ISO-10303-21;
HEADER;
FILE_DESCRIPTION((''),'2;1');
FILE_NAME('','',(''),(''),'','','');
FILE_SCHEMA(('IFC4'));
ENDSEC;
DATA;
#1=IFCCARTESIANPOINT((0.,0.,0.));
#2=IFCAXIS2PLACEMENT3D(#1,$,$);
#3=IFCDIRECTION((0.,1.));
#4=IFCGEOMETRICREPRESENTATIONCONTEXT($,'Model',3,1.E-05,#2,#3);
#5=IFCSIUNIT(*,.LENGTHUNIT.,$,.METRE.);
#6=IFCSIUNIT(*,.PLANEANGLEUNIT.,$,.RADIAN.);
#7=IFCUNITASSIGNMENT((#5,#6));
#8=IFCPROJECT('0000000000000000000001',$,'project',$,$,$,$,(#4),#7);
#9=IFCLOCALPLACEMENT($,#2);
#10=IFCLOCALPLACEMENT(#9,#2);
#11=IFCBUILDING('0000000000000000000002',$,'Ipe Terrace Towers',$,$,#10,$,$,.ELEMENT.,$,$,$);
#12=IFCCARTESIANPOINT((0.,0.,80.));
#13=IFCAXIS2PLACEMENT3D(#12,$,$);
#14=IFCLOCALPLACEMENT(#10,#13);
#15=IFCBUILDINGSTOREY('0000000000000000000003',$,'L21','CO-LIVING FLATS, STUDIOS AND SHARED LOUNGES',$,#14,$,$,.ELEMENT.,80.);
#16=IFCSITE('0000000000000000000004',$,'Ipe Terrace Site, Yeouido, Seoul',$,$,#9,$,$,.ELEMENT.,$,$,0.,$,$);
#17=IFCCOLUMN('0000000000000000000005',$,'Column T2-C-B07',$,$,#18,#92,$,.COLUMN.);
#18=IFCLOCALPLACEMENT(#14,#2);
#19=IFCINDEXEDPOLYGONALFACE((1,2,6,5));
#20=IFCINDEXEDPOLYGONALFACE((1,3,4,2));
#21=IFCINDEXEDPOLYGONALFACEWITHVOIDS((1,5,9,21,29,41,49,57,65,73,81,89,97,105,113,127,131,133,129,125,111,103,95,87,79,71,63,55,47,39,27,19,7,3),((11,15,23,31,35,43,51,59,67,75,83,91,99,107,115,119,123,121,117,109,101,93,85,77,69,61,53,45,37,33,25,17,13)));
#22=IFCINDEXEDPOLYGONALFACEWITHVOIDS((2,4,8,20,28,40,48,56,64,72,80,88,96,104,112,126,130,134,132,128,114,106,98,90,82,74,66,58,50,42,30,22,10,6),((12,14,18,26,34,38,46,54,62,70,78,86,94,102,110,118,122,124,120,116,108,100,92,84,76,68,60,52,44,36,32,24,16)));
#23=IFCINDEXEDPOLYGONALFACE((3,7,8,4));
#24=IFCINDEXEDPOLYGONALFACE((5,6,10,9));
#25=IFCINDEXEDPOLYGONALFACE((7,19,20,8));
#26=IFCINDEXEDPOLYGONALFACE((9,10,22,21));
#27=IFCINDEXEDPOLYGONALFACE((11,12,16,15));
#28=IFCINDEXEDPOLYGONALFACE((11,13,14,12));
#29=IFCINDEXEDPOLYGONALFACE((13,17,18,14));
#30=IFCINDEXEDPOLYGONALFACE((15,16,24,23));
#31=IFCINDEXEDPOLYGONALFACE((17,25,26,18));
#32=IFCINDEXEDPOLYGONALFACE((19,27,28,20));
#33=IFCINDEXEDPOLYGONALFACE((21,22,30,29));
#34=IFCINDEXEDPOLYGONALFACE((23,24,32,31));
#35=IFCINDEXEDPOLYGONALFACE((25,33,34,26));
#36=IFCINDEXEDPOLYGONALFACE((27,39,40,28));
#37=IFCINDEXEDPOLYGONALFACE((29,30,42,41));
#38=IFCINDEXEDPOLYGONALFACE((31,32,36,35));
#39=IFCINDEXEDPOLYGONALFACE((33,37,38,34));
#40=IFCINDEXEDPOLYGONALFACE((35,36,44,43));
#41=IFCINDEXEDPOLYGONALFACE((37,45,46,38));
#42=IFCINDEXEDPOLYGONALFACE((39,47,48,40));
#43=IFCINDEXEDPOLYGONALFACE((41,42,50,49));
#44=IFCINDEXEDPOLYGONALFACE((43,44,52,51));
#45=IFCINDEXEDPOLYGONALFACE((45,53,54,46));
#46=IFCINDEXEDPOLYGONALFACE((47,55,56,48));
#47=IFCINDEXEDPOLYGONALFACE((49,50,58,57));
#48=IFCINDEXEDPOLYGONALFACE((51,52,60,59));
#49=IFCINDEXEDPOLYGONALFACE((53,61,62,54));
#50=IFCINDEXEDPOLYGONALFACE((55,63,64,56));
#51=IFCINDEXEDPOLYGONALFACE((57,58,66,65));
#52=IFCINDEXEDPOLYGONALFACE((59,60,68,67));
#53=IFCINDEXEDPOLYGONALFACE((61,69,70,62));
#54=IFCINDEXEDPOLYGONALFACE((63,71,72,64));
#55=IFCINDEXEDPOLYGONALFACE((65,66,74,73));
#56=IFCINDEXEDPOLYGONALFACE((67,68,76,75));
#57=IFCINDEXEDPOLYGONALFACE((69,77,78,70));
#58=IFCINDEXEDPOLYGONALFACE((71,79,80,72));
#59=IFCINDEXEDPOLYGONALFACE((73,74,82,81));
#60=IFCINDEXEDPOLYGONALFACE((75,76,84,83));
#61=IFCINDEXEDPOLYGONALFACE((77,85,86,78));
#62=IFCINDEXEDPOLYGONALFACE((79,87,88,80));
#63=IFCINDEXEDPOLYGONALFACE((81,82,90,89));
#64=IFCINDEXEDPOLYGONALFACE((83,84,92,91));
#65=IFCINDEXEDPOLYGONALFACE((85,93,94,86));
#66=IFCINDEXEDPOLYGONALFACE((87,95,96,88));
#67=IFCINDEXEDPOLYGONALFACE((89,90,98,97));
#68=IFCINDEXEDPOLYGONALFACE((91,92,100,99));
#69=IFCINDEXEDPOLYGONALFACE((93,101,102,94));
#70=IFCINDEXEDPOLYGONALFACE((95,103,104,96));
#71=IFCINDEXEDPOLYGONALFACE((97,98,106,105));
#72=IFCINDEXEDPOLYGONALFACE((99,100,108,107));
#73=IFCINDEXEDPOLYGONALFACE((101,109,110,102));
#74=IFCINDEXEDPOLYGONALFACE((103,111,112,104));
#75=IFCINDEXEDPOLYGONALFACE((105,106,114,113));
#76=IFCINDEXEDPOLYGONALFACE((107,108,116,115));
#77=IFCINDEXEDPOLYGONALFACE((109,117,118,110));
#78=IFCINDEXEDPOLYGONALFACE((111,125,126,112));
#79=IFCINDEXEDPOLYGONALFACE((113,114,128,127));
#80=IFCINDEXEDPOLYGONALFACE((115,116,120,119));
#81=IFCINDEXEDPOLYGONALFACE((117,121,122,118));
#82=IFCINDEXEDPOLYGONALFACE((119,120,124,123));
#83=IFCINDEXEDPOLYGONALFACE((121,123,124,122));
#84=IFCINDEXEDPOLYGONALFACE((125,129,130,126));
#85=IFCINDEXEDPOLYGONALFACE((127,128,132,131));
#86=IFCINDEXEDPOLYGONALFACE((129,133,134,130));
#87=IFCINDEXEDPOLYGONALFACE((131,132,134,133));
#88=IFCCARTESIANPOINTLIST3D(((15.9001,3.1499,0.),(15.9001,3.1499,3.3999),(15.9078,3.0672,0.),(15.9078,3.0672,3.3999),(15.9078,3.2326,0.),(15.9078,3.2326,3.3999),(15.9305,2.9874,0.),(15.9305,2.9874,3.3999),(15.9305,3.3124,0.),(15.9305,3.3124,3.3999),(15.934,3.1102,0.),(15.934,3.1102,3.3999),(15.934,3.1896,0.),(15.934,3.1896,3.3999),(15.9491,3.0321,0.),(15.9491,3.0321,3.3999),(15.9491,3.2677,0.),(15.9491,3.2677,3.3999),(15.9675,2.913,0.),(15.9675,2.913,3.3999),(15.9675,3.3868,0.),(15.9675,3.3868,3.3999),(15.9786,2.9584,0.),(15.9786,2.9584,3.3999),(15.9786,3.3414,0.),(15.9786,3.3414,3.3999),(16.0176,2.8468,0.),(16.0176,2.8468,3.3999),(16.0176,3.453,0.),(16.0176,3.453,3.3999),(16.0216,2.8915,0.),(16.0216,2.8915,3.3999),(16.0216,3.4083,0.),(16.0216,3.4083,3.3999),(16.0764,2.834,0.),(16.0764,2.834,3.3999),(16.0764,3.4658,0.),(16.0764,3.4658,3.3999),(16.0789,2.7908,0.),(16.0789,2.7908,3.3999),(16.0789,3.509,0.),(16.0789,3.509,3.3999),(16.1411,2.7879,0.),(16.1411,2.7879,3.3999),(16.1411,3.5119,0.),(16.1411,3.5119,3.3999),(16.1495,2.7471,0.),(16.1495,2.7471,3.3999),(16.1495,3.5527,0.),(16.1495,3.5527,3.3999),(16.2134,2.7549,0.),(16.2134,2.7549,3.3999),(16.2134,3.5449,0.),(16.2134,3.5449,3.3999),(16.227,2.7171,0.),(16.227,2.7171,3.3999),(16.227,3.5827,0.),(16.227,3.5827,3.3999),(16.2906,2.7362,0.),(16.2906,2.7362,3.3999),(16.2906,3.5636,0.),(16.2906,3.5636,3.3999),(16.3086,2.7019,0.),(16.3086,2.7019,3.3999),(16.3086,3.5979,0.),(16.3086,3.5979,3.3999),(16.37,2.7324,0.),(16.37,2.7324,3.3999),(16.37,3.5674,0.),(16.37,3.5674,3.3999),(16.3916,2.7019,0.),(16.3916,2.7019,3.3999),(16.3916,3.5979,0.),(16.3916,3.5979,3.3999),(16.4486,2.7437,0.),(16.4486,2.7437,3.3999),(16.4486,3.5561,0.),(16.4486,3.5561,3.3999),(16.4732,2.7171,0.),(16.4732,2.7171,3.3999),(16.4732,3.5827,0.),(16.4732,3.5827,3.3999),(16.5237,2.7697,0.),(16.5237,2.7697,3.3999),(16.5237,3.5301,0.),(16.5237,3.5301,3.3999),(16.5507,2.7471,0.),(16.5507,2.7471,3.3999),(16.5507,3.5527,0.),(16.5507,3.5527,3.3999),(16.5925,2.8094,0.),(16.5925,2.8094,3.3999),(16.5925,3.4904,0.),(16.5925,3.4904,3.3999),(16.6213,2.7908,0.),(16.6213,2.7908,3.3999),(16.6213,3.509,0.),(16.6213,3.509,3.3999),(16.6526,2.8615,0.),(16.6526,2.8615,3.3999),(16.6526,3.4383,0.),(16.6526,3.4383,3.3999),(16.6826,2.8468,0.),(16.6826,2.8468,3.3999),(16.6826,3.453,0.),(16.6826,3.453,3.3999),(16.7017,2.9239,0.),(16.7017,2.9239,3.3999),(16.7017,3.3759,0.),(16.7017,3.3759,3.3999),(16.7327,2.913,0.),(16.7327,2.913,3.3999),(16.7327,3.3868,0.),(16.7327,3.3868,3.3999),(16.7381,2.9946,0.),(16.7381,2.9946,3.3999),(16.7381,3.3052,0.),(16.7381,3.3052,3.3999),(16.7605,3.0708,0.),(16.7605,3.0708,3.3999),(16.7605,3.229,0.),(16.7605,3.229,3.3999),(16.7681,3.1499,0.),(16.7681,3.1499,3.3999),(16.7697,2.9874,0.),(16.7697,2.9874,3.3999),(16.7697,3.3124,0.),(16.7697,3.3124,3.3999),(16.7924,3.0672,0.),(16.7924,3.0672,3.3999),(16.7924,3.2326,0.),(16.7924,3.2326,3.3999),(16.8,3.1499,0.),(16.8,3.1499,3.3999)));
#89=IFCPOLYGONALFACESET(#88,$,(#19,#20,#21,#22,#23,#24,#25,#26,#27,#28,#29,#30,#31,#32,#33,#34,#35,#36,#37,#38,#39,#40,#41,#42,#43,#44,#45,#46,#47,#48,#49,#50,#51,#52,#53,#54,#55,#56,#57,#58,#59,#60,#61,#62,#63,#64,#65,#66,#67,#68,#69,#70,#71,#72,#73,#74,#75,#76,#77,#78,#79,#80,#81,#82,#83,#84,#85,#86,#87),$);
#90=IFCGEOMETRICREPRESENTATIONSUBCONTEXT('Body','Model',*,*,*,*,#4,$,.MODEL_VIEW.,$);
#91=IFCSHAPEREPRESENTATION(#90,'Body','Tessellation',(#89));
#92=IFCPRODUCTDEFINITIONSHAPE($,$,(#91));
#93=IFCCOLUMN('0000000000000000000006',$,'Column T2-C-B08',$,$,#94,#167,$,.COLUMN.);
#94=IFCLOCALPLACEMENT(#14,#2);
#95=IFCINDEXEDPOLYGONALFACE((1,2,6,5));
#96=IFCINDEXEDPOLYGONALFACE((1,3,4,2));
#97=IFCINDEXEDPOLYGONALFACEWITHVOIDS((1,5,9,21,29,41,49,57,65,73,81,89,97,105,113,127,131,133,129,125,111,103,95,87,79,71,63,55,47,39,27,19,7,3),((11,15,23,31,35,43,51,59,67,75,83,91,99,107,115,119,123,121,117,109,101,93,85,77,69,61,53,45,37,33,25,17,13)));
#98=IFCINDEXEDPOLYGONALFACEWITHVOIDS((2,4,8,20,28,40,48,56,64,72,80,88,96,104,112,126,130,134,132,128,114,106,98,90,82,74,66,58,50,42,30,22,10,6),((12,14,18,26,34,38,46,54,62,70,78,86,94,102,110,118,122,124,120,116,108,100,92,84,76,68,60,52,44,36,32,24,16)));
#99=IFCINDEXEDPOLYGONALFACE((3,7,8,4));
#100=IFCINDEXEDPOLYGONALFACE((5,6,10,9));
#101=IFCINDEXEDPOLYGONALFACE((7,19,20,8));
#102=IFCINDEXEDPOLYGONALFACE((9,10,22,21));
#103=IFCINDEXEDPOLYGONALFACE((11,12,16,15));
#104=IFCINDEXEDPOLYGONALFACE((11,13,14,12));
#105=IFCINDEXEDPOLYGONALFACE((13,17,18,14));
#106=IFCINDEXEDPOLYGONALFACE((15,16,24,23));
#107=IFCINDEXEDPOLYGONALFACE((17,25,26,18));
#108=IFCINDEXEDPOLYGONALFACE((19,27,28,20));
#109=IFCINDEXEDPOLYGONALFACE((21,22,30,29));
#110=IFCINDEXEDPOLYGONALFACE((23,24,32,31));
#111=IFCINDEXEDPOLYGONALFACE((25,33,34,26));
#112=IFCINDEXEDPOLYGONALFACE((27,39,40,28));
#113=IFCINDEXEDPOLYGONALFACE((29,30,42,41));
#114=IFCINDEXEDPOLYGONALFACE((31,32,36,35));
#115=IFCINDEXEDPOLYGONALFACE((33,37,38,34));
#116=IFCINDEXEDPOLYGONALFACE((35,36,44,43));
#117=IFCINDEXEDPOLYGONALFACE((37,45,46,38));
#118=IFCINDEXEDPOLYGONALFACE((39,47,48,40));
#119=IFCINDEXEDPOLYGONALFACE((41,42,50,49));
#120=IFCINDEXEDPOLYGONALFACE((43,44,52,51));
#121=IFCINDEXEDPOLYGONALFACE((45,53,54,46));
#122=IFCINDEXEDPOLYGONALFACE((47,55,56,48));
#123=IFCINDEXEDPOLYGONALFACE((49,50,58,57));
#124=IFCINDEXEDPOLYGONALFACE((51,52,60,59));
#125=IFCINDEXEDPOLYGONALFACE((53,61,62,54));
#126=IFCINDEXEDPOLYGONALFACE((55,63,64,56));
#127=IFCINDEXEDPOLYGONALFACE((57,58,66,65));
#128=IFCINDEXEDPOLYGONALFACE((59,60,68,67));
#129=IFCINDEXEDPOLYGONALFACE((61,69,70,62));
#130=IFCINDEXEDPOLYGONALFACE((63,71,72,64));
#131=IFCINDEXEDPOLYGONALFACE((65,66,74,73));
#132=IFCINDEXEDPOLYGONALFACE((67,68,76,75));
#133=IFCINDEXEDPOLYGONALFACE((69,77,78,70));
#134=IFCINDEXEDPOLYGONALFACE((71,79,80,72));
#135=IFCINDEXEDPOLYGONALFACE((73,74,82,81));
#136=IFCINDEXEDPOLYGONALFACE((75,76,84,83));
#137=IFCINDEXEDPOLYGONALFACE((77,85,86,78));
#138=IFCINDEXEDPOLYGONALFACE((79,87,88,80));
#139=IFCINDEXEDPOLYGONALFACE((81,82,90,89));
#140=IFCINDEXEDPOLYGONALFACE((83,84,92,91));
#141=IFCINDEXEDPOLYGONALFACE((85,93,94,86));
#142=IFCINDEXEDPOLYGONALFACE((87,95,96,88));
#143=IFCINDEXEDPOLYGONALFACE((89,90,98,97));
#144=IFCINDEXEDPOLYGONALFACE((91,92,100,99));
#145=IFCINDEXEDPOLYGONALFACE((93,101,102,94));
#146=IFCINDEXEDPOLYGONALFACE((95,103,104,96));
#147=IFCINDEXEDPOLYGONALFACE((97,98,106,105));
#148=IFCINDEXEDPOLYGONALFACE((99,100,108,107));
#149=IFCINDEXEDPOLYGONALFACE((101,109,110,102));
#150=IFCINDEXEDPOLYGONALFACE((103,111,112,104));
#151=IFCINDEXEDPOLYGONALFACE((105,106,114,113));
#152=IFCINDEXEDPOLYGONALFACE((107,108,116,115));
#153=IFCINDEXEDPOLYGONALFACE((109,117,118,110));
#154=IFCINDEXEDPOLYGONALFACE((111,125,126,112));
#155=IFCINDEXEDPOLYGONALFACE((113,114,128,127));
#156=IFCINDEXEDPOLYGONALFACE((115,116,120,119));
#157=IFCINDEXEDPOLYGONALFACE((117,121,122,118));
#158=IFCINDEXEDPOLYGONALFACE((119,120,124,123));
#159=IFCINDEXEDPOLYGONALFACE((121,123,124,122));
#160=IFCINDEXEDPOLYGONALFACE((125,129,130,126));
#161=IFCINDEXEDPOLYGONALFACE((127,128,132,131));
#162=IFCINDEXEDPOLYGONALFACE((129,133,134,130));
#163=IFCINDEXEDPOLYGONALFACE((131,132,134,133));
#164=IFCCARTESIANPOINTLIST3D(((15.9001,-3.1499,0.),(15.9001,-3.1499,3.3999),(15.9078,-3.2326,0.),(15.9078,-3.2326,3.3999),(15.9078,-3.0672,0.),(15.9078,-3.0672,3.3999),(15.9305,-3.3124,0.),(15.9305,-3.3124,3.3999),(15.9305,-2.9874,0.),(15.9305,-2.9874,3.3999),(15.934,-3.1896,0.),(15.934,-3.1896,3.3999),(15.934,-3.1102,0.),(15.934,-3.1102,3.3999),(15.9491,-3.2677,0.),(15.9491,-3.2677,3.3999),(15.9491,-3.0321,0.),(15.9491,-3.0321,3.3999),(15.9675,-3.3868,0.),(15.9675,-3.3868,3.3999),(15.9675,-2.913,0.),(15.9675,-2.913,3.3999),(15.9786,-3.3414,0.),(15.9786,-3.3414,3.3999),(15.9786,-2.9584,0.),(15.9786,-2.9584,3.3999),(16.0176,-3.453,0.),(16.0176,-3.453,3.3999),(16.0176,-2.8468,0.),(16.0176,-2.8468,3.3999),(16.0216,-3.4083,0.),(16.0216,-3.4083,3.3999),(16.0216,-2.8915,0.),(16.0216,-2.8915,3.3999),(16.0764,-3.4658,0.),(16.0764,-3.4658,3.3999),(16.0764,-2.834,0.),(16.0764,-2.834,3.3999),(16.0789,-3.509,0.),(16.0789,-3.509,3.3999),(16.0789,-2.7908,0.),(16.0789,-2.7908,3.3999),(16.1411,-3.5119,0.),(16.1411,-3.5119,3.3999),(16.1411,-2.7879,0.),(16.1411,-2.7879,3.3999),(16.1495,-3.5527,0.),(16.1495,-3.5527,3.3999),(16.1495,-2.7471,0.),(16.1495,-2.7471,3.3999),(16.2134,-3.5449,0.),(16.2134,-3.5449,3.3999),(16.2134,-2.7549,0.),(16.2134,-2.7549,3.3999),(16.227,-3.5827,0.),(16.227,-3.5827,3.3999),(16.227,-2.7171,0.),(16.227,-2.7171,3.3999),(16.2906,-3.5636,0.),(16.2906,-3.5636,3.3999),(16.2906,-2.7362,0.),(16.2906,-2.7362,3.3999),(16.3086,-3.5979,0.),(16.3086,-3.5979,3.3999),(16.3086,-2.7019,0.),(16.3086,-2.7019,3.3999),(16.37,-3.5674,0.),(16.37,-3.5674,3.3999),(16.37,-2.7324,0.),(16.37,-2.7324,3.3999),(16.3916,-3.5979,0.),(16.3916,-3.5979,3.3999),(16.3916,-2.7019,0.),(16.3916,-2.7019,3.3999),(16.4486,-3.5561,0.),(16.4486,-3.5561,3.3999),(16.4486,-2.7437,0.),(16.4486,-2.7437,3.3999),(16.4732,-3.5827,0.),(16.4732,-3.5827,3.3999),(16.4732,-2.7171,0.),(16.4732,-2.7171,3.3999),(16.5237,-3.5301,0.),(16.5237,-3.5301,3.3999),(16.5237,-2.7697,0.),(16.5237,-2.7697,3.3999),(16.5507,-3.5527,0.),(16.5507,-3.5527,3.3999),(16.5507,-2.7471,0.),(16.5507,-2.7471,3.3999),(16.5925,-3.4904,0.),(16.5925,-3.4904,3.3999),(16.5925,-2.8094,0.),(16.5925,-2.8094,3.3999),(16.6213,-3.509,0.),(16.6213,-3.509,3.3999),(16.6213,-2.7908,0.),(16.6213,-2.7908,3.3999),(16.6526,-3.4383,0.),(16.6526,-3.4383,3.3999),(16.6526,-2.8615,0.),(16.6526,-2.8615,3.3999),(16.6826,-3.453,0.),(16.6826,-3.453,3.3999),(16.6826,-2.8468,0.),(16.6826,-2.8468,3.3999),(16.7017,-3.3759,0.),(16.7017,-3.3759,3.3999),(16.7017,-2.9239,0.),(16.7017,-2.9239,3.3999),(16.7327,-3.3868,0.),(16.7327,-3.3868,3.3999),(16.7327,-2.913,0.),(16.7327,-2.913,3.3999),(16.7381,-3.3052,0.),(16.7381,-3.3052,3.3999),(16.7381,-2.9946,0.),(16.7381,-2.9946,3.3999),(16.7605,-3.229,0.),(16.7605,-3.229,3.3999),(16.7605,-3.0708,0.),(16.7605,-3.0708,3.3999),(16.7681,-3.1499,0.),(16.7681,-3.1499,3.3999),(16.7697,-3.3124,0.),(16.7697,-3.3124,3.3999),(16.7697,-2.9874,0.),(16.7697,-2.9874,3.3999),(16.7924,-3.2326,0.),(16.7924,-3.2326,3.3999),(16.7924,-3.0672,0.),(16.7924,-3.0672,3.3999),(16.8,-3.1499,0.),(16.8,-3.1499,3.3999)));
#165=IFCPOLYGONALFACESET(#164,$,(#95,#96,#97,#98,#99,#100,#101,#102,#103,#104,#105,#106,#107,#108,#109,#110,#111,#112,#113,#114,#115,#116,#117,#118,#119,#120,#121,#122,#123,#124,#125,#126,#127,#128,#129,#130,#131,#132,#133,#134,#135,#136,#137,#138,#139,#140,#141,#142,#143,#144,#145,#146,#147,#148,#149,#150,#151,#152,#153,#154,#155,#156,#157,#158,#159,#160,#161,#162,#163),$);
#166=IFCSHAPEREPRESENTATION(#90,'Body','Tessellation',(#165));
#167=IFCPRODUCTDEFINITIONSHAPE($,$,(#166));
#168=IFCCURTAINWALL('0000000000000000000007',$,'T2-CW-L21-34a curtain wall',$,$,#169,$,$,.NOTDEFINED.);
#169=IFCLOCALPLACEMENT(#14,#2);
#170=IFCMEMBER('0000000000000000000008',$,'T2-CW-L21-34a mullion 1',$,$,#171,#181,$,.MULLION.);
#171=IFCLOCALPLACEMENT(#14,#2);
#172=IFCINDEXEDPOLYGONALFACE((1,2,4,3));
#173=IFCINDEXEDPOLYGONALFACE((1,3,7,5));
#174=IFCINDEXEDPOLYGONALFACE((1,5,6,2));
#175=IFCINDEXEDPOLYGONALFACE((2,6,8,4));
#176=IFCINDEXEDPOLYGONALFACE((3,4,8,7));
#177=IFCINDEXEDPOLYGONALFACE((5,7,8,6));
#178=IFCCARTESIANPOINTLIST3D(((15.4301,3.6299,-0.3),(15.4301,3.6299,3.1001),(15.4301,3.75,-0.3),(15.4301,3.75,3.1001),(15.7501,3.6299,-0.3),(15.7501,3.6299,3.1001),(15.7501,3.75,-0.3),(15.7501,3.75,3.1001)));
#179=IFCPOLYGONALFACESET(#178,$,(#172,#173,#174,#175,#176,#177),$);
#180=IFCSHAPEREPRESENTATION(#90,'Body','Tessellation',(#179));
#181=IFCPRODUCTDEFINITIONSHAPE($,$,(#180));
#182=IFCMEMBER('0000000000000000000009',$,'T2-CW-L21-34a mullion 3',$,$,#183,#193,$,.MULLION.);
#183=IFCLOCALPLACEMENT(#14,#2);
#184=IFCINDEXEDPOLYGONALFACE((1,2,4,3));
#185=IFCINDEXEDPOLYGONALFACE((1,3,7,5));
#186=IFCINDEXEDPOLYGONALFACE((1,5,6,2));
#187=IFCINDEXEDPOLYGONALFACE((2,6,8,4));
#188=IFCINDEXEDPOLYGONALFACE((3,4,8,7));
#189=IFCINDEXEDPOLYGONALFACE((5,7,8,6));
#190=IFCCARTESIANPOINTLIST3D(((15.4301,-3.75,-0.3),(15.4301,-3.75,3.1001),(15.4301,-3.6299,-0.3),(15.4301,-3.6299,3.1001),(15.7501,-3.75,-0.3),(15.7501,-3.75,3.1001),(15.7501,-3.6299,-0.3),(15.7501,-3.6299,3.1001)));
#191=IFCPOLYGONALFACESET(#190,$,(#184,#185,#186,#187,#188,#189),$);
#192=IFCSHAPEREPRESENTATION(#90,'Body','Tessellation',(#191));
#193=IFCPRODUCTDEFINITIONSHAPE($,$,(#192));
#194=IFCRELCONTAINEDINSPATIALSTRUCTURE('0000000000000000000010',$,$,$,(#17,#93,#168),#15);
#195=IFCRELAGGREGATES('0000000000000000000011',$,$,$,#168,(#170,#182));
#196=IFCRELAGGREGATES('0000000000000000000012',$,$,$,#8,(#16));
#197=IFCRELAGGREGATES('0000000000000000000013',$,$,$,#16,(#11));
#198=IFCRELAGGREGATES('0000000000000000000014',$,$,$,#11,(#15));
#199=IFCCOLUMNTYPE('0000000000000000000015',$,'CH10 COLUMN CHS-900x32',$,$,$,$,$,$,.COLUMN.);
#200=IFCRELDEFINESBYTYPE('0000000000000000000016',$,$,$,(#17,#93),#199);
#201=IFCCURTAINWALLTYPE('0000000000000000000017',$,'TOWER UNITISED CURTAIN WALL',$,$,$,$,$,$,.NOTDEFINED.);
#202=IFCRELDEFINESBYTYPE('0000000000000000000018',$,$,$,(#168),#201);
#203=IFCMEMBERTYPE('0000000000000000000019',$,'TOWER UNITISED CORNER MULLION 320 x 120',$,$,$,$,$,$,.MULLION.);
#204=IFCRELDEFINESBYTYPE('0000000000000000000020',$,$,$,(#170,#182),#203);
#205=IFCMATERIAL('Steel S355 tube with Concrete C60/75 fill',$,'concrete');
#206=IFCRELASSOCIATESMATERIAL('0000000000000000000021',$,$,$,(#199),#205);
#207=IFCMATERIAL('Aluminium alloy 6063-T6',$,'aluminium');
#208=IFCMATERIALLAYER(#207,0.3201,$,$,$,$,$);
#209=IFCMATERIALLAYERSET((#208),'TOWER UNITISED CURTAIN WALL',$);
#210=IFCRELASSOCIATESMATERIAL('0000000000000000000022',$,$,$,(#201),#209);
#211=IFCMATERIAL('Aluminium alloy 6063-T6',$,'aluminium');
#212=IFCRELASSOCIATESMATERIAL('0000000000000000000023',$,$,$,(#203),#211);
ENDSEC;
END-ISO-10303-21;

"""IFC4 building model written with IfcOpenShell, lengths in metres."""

from ifc_helpers import new_model, si_unit, direction, frame, origin, origin_2d, place, context, subcontext, project, spatial, rectangle, hollow_circle, extrude, material, layer, layer_set, material_profile, profile_set, type_object, element, aggregate, save


model = new_model("IFC4")

# Units and contexts
model_context = context("Model", 3, precision=1e-05, world=origin(), true_north=direction((0.0, 1.0)))
body_context = subcontext(model_context, "Body", "Model", "MODEL_VIEW")
ifc_project = project(units=[si_unit("LENGTHUNIT", "METRE"), si_unit("PLANEANGLEUNIT", "RADIAN")], contexts=[model_context])

# Site, building, storey
site_placement = place(None, origin())
site = spatial("IfcSite", under=ifc_project, at=site_placement, Name="Ipe Terrace Site, Yeouido, Seoul", CompositionType="ELEMENT", RefElevation=0.0)
building_placement = place(site_placement, origin())
building = spatial("IfcBuilding", under=site, at=building_placement, Name="Ipe Terrace Towers", CompositionType="ELEMENT")
storey_placement = place(building_placement, frame((0.0, 0.0, 80.0)))
storey = spatial("IfcBuildingStorey", under=building, at=storey_placement, Name="L21", Description="CO-LIVING FLATS, STUDIOS AND SHARED LOUNGES", CompositionType="ELEMENT", Elevation=80.0)

# Columns
ifc_material_1 = material(Name="Steel S355 tube with Concrete C60/75 fill", Category="concrete")
ifc_material_profile_1 = material_profile(ifc_material_1, hollow_circle(Radius=0.45, WallThickness=0.032, at=origin_2d()), Name="CHS-900x32")
ifc_profile_set_1 = profile_set([ifc_material_profile_1], Name="Steel S355 tube with Concrete C60/75 fill")
column_type = type_object("IfcColumnType", Name="CH10 COLUMN CHS-900x32", PredefinedType="COLUMN", material=ifc_profile_set_1)
for number, where, z_axis, x_axis, name in (
    (1, (16.3501, 3.1499, 0.0), (0.0, 0.0, 1.0), (1.0, 0.0, 0.0), "Column T2-C-B07"),
    (2, (16.3501, -3.1499, 0.0), (0.0, 0.0, 1.0), (1.0, 0.0, 0.0), "Column T2-C-B08"),
):
    element("IfcColumn", number, at=place(storey_placement, frame(where, z_axis=z_axis, x_axis=x_axis)), inside=storey, type_object=column_type, Name=name, PredefinedType="COLUMN", context=body_context, shape_type="SweptSolid", body=[
        extrude(hollow_circle(Radius=0.45, WallThickness=0.032, at=origin_2d()), origin(), (0.0, 0.0, 1.0), 3.3999),
    ])

# Curtain wall, members
ifc_material_2 = material(Name="Aluminium alloy 6063-T6", Category="aluminium")
ifc_layer_1 = layer(ifc_material_2, 0.3201)
ifc_layer_set_1 = layer_set([ifc_layer_1], Name="TOWER UNITISED CURTAIN WALL")
curtain_wall_type = type_object("IfcCurtainWallType", Name="TOWER UNITISED CURTAIN WALL", PredefinedType="NOTDEFINED", material=ifc_layer_set_1)
curtain_wall_1_placement = place(storey_placement, origin())
curtain_wall_1 = element("IfcCurtainWall", 3, at=curtain_wall_1_placement, inside=storey, type_object=curtain_wall_type, Name="T2-CW-L21-34a curtain wall", PredefinedType="NOTDEFINED")
ifc_material_3 = material(Name="Aluminium alloy 6063-T6", Category="aluminium")
ifc_material_profile_2 = material_profile(ifc_material_3, rectangle(XDim=0.3201, YDim=0.1201, at=origin_2d()), Name="TOWER UNITISED CORNER MULLION 320 x 120")
ifc_profile_set_2 = profile_set([ifc_material_profile_2], Name="Aluminium alloy 6063-T6")
member_type_1 = type_object("IfcMemberType", Name="TOWER UNITISED CORNER MULLION 320 x 120", PredefinedType="MULLION", material=ifc_profile_set_2)
member_1_placement = place(storey_placement, frame((15.5901, 3.6899, -0.3), z_axis=(0.0, 0.0, 1.0), x_axis=(-1.0, 0.0, 0.0)))
member_1 = element("IfcMember", 4, at=member_1_placement, type_object=member_type_1, Name="T2-CW-L21-34a mullion 1", PredefinedType="MULLION", context=body_context, shape_type="SweptSolid", body=[
    extrude(rectangle(XDim=0.3201, YDim=0.1201, at=origin_2d()), origin(), (0.0, 0.0, 1.0), 3.4001),
])
member_2_placement = place(storey_placement, frame((15.5901, -3.6899, -0.3), z_axis=(0.0, 0.0, 1.0), x_axis=(-1.0, 0.0, 0.0)))
member_2 = element("IfcMember", 5, at=member_2_placement, type_object=member_type_1, Name="T2-CW-L21-34a mullion 3", PredefinedType="MULLION", context=body_context, shape_type="SweptSolid", body=[
    extrude(rectangle(XDim=0.3201, YDim=0.1201, at=origin_2d()), origin(), (0.0, 0.0, 1.0), 3.4001),
])

aggregate(curtain_wall_1, [member_1, member_2])

save(model, "model.ifc")
